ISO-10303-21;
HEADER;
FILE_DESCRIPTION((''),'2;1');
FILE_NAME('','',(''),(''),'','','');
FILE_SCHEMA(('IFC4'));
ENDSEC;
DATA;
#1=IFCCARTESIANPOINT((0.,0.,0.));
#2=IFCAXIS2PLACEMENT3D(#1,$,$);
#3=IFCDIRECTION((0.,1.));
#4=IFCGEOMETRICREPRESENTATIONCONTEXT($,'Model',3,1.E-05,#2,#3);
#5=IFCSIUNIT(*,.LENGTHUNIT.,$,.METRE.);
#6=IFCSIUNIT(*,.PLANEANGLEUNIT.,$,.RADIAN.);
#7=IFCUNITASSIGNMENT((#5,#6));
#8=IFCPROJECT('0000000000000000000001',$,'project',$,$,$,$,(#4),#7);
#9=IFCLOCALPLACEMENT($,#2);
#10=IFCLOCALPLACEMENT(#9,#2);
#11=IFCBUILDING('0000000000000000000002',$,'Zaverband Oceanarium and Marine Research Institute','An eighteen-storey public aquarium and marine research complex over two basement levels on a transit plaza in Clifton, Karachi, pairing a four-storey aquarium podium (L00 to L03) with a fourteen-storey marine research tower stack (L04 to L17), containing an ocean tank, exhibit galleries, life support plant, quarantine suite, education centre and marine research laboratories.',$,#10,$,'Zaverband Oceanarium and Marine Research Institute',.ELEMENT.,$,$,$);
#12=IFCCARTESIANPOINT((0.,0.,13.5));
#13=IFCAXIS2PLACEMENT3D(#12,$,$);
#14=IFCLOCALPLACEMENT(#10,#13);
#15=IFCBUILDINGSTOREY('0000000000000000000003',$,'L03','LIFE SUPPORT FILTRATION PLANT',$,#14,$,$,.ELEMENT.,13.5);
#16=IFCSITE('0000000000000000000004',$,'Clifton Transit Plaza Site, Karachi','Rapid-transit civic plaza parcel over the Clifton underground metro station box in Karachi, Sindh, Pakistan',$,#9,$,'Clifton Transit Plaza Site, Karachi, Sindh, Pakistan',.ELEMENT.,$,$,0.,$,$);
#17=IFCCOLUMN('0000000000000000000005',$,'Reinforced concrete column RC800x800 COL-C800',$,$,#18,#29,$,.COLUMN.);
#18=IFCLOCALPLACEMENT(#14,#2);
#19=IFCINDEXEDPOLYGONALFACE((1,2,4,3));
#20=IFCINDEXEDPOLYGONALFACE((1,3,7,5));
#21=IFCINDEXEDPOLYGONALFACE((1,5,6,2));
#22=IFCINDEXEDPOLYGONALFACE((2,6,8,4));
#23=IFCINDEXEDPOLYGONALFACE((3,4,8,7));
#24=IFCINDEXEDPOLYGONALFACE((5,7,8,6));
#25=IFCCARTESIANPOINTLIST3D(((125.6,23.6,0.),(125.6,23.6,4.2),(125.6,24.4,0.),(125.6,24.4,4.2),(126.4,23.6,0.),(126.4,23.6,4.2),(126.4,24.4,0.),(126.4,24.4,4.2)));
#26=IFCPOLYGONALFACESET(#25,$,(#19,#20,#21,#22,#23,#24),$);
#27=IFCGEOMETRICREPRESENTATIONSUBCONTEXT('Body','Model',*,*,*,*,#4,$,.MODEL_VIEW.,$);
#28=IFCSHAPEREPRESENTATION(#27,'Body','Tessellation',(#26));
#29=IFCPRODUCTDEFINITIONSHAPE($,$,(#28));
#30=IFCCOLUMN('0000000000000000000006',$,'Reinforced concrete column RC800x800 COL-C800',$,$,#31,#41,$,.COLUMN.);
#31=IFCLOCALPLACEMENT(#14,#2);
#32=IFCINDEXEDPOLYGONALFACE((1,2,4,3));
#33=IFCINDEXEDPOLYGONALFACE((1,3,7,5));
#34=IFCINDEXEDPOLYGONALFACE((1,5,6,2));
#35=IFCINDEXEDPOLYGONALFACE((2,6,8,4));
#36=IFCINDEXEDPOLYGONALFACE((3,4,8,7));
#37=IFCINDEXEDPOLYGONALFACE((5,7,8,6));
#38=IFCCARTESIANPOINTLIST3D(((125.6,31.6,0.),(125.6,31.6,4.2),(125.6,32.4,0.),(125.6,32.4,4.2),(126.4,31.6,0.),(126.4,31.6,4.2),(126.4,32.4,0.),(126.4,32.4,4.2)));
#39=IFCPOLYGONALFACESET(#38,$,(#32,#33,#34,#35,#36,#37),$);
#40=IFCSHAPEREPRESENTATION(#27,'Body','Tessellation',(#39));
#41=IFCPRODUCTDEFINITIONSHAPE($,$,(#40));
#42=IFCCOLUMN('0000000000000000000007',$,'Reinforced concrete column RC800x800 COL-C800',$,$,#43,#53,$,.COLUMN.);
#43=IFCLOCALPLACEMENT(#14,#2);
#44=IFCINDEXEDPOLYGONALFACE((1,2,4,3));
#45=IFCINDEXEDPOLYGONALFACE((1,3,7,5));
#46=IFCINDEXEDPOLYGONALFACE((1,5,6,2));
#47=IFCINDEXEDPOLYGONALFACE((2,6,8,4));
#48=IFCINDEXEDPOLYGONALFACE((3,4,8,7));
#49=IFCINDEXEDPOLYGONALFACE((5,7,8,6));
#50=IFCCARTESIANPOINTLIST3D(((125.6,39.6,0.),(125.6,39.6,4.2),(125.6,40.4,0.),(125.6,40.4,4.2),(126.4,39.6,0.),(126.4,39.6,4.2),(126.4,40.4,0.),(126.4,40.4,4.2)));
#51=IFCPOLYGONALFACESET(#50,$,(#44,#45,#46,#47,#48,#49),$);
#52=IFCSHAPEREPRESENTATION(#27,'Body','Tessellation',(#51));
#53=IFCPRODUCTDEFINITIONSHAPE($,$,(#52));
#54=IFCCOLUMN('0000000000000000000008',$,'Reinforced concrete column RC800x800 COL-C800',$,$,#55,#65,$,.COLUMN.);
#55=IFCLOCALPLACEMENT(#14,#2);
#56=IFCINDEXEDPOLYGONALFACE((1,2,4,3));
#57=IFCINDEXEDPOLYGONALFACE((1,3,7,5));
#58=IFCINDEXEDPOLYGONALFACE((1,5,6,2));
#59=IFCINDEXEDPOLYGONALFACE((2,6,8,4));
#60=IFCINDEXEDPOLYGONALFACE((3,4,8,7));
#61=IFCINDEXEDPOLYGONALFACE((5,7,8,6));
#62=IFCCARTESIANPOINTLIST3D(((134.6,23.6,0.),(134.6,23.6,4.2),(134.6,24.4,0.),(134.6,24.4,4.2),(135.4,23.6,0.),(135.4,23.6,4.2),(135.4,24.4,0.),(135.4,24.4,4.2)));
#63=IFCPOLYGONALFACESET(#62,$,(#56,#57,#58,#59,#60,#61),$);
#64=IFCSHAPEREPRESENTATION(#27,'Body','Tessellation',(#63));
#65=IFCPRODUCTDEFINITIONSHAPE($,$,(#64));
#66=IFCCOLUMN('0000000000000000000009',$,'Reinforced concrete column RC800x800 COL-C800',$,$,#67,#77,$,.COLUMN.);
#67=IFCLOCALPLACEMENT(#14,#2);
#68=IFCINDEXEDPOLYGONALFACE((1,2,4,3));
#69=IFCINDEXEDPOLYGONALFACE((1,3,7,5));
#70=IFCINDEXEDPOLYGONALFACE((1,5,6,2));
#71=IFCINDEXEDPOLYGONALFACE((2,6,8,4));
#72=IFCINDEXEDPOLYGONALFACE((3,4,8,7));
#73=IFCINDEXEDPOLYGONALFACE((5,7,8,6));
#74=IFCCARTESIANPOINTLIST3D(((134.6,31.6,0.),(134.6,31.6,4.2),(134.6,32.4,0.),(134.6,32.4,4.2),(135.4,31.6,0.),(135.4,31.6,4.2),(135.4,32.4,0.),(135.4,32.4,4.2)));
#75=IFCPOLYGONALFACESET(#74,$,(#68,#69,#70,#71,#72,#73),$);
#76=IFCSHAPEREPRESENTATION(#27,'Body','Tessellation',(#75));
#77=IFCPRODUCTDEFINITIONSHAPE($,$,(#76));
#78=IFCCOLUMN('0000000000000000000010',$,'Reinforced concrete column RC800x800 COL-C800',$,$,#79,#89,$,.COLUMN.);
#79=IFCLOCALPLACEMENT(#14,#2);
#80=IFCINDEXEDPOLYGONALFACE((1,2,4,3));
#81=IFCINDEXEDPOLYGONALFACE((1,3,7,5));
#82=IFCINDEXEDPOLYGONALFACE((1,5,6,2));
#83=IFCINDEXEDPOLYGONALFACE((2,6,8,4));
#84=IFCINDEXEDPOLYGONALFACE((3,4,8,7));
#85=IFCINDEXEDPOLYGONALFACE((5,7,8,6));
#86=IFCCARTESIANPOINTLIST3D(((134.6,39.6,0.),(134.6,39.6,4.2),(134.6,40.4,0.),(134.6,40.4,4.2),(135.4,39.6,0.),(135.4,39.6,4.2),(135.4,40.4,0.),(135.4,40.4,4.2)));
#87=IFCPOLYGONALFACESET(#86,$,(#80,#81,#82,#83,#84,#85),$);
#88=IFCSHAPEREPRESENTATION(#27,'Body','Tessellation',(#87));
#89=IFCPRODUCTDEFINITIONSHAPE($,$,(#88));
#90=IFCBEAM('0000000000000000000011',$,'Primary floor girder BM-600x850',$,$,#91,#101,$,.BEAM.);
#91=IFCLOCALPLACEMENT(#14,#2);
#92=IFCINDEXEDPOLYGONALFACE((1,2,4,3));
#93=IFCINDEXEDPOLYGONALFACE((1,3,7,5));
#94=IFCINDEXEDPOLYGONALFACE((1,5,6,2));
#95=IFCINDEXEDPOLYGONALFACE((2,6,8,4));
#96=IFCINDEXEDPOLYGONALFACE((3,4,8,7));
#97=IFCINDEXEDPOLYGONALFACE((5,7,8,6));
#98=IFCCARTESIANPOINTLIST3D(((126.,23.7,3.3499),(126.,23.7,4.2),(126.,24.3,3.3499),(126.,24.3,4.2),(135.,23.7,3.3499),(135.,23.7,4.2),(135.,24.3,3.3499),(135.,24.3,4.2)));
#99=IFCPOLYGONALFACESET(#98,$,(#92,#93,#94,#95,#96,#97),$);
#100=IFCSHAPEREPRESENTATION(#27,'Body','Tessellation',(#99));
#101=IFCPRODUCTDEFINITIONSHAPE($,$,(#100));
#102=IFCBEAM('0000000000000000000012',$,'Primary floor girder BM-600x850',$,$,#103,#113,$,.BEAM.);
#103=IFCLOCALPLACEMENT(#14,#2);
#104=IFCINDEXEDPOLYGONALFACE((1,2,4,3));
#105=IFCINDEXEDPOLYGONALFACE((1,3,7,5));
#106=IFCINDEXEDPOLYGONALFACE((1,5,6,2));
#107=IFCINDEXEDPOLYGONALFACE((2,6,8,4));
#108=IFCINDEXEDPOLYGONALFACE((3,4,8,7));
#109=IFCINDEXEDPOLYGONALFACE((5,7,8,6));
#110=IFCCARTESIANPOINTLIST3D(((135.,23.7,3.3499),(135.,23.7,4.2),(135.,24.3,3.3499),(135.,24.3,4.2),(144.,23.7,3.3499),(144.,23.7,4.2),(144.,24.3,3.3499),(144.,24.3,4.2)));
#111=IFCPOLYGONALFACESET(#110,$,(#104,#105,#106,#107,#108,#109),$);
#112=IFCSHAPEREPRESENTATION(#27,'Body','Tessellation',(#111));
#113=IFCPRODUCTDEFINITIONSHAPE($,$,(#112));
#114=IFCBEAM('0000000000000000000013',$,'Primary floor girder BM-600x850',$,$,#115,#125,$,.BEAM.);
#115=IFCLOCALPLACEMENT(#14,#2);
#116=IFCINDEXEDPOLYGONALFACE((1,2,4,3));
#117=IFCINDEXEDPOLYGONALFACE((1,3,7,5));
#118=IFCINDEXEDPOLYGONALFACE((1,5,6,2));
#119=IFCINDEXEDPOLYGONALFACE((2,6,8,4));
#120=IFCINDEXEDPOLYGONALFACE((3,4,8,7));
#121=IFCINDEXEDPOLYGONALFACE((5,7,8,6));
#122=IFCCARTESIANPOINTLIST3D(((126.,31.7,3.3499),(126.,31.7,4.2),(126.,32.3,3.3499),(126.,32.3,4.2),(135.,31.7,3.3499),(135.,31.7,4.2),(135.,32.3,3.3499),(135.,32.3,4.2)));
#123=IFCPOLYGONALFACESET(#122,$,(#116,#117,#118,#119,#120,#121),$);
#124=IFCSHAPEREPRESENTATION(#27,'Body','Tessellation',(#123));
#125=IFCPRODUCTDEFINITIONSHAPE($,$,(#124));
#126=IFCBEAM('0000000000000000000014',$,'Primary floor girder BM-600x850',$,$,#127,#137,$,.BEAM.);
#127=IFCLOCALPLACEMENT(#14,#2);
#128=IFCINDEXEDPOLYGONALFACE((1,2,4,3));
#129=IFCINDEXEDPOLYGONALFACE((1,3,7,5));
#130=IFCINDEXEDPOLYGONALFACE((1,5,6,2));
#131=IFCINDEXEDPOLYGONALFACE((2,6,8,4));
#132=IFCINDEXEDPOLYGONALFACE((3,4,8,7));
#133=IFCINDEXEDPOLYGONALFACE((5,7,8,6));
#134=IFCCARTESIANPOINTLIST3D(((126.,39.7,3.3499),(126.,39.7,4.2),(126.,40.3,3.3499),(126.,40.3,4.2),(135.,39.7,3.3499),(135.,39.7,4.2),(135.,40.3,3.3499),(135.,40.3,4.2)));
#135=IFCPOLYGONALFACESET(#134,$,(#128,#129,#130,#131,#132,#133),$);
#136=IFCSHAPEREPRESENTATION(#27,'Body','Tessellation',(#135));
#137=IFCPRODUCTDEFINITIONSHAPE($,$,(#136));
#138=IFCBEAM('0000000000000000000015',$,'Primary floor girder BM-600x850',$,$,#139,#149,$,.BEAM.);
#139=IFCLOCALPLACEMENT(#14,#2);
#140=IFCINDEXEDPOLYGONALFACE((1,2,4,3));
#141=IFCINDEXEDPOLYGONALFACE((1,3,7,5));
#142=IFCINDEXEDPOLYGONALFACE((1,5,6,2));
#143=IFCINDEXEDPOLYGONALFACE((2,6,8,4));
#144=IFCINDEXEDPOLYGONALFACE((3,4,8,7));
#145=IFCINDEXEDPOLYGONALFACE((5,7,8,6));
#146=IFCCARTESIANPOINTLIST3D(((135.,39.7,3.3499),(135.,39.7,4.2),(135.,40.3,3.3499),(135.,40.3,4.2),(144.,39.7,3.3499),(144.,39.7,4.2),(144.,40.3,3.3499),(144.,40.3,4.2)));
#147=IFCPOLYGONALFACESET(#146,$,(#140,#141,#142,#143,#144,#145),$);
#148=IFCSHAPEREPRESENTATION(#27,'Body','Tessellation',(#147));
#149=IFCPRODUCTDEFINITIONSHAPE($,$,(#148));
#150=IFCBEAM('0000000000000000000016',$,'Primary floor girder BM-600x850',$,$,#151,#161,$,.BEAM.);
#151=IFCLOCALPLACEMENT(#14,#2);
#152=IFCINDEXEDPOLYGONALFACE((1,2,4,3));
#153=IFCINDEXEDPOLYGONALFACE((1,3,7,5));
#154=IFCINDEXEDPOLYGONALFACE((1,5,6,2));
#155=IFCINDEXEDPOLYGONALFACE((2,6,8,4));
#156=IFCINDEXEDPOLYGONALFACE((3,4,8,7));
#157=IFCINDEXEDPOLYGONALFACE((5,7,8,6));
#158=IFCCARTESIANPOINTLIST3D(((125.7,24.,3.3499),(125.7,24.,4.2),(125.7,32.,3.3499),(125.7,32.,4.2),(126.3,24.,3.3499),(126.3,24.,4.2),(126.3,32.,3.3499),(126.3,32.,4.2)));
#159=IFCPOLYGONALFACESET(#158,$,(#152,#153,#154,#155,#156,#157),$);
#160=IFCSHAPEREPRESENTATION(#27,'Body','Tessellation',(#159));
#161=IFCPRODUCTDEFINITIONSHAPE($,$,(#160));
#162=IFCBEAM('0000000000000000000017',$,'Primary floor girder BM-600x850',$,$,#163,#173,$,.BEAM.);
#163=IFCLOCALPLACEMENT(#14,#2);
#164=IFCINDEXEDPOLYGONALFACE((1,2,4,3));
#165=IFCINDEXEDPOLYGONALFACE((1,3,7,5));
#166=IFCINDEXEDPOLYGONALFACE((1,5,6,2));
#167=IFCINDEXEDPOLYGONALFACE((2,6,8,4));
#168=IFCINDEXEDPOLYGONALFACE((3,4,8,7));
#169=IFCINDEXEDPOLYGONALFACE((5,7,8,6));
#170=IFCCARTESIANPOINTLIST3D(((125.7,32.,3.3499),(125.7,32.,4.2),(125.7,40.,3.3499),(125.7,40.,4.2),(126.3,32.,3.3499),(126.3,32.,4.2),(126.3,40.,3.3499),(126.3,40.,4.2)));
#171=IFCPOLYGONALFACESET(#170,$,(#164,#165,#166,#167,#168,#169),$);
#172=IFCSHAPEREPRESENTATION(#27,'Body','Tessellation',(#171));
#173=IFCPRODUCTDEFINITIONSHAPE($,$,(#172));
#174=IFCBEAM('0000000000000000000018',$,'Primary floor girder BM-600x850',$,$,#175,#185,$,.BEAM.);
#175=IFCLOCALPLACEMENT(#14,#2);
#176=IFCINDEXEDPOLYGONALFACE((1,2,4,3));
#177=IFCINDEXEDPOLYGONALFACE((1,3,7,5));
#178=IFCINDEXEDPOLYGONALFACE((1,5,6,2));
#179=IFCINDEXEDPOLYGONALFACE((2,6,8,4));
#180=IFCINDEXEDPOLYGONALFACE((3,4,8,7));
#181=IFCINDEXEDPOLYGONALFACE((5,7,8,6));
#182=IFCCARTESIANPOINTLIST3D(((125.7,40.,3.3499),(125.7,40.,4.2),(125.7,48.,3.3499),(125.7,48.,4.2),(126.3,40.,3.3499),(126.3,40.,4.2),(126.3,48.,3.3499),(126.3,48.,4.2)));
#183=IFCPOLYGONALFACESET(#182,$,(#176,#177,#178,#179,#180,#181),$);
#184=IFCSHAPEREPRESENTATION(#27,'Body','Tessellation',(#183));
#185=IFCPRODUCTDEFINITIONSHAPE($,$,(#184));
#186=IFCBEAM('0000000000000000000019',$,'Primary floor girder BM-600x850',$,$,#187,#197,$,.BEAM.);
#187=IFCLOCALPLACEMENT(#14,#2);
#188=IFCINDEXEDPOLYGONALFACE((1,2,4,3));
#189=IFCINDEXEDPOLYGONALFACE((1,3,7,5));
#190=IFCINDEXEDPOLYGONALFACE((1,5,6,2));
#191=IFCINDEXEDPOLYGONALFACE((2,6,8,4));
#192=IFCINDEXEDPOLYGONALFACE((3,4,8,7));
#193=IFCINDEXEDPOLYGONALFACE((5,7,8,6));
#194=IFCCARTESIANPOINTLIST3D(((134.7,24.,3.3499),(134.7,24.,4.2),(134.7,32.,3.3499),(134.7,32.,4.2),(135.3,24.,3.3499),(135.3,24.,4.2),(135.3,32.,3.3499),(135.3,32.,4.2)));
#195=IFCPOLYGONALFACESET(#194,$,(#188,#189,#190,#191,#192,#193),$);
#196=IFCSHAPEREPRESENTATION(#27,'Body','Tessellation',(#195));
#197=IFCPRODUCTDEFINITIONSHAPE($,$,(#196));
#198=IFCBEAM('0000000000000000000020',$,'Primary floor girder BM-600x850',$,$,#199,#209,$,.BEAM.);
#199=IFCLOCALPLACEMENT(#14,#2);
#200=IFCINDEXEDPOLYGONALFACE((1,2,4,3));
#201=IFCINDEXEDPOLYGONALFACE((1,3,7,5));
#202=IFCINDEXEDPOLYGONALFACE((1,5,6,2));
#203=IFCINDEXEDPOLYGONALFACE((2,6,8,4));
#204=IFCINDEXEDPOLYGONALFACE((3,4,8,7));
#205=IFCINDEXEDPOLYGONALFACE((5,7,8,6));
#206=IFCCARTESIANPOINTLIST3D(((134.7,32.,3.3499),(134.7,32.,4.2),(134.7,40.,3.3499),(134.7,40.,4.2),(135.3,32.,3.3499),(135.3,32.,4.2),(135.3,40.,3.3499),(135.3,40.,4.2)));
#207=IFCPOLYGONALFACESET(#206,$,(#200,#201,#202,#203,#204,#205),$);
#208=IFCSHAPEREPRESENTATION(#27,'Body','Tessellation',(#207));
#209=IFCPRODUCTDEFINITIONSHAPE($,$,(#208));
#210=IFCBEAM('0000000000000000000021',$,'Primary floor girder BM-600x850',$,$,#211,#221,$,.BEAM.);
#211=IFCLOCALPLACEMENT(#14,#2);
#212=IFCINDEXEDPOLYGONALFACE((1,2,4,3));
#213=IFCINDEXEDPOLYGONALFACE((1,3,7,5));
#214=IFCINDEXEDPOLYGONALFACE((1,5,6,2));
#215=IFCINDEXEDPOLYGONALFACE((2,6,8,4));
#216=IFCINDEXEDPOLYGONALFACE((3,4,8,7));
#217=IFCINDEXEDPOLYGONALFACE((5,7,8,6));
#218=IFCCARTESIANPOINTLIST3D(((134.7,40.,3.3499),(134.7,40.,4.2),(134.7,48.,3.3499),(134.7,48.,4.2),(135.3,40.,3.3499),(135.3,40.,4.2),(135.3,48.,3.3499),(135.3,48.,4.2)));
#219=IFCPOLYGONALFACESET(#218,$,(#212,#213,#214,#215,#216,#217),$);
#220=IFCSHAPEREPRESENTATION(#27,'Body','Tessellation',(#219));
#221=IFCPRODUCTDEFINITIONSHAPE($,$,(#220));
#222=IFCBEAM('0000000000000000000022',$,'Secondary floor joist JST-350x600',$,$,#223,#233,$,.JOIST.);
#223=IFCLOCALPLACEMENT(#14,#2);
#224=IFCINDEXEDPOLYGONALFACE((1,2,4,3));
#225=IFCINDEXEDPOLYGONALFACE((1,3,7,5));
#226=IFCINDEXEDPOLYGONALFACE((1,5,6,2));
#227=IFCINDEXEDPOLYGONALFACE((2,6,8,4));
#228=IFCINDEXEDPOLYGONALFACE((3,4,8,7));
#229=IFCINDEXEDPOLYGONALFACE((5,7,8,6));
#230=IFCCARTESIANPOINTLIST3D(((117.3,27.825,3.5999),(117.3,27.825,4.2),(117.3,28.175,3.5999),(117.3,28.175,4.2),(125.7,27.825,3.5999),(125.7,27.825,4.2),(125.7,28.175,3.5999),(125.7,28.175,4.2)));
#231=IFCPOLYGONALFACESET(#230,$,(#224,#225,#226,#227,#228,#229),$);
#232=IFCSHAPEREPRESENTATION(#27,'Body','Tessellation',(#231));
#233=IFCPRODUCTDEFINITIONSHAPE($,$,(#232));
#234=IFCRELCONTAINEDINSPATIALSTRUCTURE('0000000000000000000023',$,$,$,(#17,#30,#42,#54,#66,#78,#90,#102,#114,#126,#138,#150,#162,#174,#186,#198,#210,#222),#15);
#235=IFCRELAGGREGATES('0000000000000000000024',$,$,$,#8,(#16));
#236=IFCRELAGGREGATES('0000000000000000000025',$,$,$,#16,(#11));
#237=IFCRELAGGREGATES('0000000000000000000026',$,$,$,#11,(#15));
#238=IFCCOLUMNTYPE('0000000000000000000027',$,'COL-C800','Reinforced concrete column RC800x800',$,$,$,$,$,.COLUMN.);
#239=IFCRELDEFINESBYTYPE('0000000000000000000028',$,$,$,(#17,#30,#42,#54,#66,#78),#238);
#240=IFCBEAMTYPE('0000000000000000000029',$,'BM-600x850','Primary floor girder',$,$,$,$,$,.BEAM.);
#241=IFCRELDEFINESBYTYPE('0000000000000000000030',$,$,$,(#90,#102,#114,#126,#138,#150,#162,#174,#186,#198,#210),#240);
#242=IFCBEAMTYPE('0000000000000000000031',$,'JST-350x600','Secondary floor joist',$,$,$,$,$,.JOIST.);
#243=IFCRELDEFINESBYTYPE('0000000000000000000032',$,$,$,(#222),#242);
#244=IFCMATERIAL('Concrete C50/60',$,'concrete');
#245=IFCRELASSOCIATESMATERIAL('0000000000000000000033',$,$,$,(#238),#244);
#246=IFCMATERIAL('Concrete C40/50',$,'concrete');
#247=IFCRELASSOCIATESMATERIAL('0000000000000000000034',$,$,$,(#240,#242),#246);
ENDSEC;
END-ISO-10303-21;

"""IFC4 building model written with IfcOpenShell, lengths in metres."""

from ifc_helpers import new_model, si_unit, direction, frame, origin, origin_2d, place, context, subcontext, project, spatial, rectangle, extrude, material, material_profile, profile_set, type_object, element, save


model = new_model("IFC4")

# Units and contexts
model_context = context("Model", 3, precision=1e-05, world=origin(), true_north=direction((0.0, 1.0)))
body_context = subcontext(model_context, "Body", "Model", "MODEL_VIEW")
ifc_project = project(units=[si_unit("LENGTHUNIT", "METRE"), si_unit("PLANEANGLEUNIT", "RADIAN")], contexts=[model_context])

# Site, building, storey
site_placement = place(None, origin())
site = spatial("IfcSite", under=ifc_project, at=site_placement, Name="Clifton Transit Plaza Site, Karachi", Description="Rapid-transit civic plaza parcel over the Clifton underground metro station box in Karachi, Sindh, Pakistan", LongName="Clifton Transit Plaza Site, Karachi, Sindh, Pakistan", CompositionType="ELEMENT", RefElevation=0.0)
building_placement = place(site_placement, origin())
building = spatial("IfcBuilding", under=site, at=building_placement, Name="Zaverband Oceanarium and Marine Research Institute", Description="An eighteen-storey public aquarium and marine research complex over two basement levels on a transit plaza in Clifton, Karachi, pairing a four-storey aquarium podium (L00 to L03) with a fourteen-storey marine research tower stack (L04 to L17), containing an ocean tank, exhibit galleries, life support plant, quarantine suite, education centre and marine research laboratories.", LongName="Zaverband Oceanarium and Marine Research Institute", CompositionType="ELEMENT")
storey_placement = place(building_placement, frame((0.0, 0.0, 13.5)))
storey = spatial("IfcBuildingStorey", under=building, at=storey_placement, Name="L03", Description="LIFE SUPPORT FILTRATION PLANT", CompositionType="ELEMENT", Elevation=13.5)

# Columns
ifc_material_1 = material(Name="Concrete C50/60", Category="concrete")
ifc_material_profile_1 = material_profile(ifc_material_1, rectangle(XDim=0.8, YDim=0.8, at=origin_2d()), Name="RC800x800")
ifc_profile_set_1 = profile_set([ifc_material_profile_1], Name="Concrete C50/60")
column_type = type_object("IfcColumnType", Name="COL-C800", Description="Reinforced concrete column RC800x800", PredefinedType="COLUMN", material=ifc_profile_set_1)
for number, where, z_axis, x_axis, name in (
    (1, (126.0, 24.0, 0.0), (0.0, 0.0, 1.0), (1.0, 0.0, 0.0), "Reinforced concrete column RC800x800 COL-C800"),
    (2, (126.0, 32.0, 0.0), (0.0, 0.0, 1.0), (1.0, 0.0, 0.0), "Reinforced concrete column RC800x800 COL-C800"),
    (3, (126.0, 40.0, 0.0), (0.0, 0.0, 1.0), (1.0, 0.0, 0.0), "Reinforced concrete column RC800x800 COL-C800"),
    (4, (135.0, 24.0, 0.0), (0.0, 0.0, 1.0), (1.0, 0.0, 0.0), "Reinforced concrete column RC800x800 COL-C800"),
    (5, (135.0, 32.0, 0.0), (0.0, 0.0, 1.0), (1.0, 0.0, 0.0), "Reinforced concrete column RC800x800 COL-C800"),
    (6, (135.0, 40.0, 0.0), (0.0, 0.0, 1.0), (1.0, 0.0, 0.0), "Reinforced concrete column RC800x800 COL-C800"),
):
    element("IfcColumn", number, at=place(storey_placement, frame(where, z_axis=z_axis, x_axis=x_axis)), inside=storey, type_object=column_type, Name=name, PredefinedType="COLUMN", context=body_context, shape_type="SweptSolid", body=[
        extrude(rectangle(XDim=0.8, YDim=0.8, at=origin_2d()), origin(), (0.0, 0.0, 1.0), 4.2),
    ])

# Beams
ifc_material_2 = material(Name="Concrete C40/50", Category="concrete")
ifc_material_profile_2 = material_profile(ifc_material_2, rectangle(XDim=0.6001, YDim=0.8501, at=origin_2d()), Name="RC600x850")
ifc_profile_set_2 = profile_set([ifc_material_profile_2], Name="Concrete C40/50")
beam_type_1 = type_object("IfcBeamType", Name="BM-600x850", Description="Primary floor girder", PredefinedType="BEAM", material=ifc_profile_set_2)
for number, where, z_axis, x_axis, name in (
    (7, (126.0, 24.0, 3.7749), (1.0, 0.0, 0.0), (0.0, 1.0, 0.0), "Primary floor girder BM-600x850"),
    (8, (135.0, 24.0, 3.7749), (1.0, 0.0, 0.0), (0.0, 1.0, 0.0), "Primary floor girder BM-600x850"),
    (9, (126.0, 32.0, 3.7749), (1.0, 0.0, 0.0), (0.0, 1.0, 0.0), "Primary floor girder BM-600x850"),
    (10, (126.0, 40.0, 3.7749), (1.0, 0.0, 0.0), (0.0, 1.0, 0.0), "Primary floor girder BM-600x850"),
    (11, (135.0, 40.0, 3.7749), (1.0, 0.0, 0.0), (0.0, 1.0, 0.0), "Primary floor girder BM-600x850"),
):
    element("IfcBeam", number, at=place(storey_placement, frame(where, z_axis=z_axis, x_axis=x_axis)), inside=storey, type_object=beam_type_1, Name=name, PredefinedType="BEAM", context=body_context, shape_type="SweptSolid", body=[
        extrude(rectangle(XDim=0.6001, YDim=0.8501, at=origin_2d()), origin(), (0.0, 0.0, 1.0), 9.0),
    ])
for number, where, z_axis, x_axis, name in (
    (12, (126.0, 24.0, 3.7749), (0.0, 1.0, 0.0), (-1.0, 0.0, 0.0), "Primary floor girder BM-600x850"),
    (13, (126.0, 32.0, 3.7749), (0.0, 1.0, 0.0), (-1.0, 0.0, 0.0), "Primary floor girder BM-600x850"),
    (14, (126.0, 40.0, 3.7749), (0.0, 1.0, 0.0), (-1.0, 0.0, 0.0), "Primary floor girder BM-600x850"),
    (15, (135.0, 24.0, 3.7749), (0.0, 1.0, 0.0), (-1.0, 0.0, 0.0), "Primary floor girder BM-600x850"),
    (16, (135.0, 32.0, 3.7749), (0.0, 1.0, 0.0), (-1.0, 0.0, 0.0), "Primary floor girder BM-600x850"),
    (17, (135.0, 40.0, 3.7749), (0.0, 1.0, 0.0), (-1.0, 0.0, 0.0), "Primary floor girder BM-600x850"),
):
    element("IfcBeam", number, at=place(storey_placement, frame(where, z_axis=z_axis, x_axis=x_axis)), inside=storey, type_object=beam_type_1, Name=name, PredefinedType="BEAM", context=body_context, shape_type="SweptSolid", body=[
        extrude(rectangle(XDim=0.6001, YDim=0.8501, at=origin_2d()), origin(), (0.0, 0.0, 1.0), 8.0),
    ])
ifc_material_profile_3 = material_profile(ifc_material_2, rectangle(XDim=0.3501, YDim=0.6001, at=origin_2d()), Name="RC350x600")
ifc_profile_set_3 = profile_set([ifc_material_profile_3], Name="Concrete C40/50")
beam_type_2 = type_object("IfcBeamType", Name="JST-350x600", Description="Secondary floor joist", PredefinedType="JOIST", material=ifc_profile_set_3)
for number, where, z_axis, x_axis, name in (
    (18, (117.3, 28.0, 3.8999), (1.0, 0.0, 0.0), (0.0, 1.0, 0.0), "Secondary floor joist JST-350x600"),
):
    element("IfcBeam", number, at=place(storey_placement, frame(where, z_axis=z_axis, x_axis=x_axis)), inside=storey, type_object=beam_type_2, Name=name, PredefinedType="JOIST", context=body_context, shape_type="SweptSolid", body=[
        extrude(rectangle(XDim=0.3501, YDim=0.6001, at=origin_2d()), origin(), (0.0, 0.0, 1.0), 8.3999),
    ])

save(model, "model.ifc")
